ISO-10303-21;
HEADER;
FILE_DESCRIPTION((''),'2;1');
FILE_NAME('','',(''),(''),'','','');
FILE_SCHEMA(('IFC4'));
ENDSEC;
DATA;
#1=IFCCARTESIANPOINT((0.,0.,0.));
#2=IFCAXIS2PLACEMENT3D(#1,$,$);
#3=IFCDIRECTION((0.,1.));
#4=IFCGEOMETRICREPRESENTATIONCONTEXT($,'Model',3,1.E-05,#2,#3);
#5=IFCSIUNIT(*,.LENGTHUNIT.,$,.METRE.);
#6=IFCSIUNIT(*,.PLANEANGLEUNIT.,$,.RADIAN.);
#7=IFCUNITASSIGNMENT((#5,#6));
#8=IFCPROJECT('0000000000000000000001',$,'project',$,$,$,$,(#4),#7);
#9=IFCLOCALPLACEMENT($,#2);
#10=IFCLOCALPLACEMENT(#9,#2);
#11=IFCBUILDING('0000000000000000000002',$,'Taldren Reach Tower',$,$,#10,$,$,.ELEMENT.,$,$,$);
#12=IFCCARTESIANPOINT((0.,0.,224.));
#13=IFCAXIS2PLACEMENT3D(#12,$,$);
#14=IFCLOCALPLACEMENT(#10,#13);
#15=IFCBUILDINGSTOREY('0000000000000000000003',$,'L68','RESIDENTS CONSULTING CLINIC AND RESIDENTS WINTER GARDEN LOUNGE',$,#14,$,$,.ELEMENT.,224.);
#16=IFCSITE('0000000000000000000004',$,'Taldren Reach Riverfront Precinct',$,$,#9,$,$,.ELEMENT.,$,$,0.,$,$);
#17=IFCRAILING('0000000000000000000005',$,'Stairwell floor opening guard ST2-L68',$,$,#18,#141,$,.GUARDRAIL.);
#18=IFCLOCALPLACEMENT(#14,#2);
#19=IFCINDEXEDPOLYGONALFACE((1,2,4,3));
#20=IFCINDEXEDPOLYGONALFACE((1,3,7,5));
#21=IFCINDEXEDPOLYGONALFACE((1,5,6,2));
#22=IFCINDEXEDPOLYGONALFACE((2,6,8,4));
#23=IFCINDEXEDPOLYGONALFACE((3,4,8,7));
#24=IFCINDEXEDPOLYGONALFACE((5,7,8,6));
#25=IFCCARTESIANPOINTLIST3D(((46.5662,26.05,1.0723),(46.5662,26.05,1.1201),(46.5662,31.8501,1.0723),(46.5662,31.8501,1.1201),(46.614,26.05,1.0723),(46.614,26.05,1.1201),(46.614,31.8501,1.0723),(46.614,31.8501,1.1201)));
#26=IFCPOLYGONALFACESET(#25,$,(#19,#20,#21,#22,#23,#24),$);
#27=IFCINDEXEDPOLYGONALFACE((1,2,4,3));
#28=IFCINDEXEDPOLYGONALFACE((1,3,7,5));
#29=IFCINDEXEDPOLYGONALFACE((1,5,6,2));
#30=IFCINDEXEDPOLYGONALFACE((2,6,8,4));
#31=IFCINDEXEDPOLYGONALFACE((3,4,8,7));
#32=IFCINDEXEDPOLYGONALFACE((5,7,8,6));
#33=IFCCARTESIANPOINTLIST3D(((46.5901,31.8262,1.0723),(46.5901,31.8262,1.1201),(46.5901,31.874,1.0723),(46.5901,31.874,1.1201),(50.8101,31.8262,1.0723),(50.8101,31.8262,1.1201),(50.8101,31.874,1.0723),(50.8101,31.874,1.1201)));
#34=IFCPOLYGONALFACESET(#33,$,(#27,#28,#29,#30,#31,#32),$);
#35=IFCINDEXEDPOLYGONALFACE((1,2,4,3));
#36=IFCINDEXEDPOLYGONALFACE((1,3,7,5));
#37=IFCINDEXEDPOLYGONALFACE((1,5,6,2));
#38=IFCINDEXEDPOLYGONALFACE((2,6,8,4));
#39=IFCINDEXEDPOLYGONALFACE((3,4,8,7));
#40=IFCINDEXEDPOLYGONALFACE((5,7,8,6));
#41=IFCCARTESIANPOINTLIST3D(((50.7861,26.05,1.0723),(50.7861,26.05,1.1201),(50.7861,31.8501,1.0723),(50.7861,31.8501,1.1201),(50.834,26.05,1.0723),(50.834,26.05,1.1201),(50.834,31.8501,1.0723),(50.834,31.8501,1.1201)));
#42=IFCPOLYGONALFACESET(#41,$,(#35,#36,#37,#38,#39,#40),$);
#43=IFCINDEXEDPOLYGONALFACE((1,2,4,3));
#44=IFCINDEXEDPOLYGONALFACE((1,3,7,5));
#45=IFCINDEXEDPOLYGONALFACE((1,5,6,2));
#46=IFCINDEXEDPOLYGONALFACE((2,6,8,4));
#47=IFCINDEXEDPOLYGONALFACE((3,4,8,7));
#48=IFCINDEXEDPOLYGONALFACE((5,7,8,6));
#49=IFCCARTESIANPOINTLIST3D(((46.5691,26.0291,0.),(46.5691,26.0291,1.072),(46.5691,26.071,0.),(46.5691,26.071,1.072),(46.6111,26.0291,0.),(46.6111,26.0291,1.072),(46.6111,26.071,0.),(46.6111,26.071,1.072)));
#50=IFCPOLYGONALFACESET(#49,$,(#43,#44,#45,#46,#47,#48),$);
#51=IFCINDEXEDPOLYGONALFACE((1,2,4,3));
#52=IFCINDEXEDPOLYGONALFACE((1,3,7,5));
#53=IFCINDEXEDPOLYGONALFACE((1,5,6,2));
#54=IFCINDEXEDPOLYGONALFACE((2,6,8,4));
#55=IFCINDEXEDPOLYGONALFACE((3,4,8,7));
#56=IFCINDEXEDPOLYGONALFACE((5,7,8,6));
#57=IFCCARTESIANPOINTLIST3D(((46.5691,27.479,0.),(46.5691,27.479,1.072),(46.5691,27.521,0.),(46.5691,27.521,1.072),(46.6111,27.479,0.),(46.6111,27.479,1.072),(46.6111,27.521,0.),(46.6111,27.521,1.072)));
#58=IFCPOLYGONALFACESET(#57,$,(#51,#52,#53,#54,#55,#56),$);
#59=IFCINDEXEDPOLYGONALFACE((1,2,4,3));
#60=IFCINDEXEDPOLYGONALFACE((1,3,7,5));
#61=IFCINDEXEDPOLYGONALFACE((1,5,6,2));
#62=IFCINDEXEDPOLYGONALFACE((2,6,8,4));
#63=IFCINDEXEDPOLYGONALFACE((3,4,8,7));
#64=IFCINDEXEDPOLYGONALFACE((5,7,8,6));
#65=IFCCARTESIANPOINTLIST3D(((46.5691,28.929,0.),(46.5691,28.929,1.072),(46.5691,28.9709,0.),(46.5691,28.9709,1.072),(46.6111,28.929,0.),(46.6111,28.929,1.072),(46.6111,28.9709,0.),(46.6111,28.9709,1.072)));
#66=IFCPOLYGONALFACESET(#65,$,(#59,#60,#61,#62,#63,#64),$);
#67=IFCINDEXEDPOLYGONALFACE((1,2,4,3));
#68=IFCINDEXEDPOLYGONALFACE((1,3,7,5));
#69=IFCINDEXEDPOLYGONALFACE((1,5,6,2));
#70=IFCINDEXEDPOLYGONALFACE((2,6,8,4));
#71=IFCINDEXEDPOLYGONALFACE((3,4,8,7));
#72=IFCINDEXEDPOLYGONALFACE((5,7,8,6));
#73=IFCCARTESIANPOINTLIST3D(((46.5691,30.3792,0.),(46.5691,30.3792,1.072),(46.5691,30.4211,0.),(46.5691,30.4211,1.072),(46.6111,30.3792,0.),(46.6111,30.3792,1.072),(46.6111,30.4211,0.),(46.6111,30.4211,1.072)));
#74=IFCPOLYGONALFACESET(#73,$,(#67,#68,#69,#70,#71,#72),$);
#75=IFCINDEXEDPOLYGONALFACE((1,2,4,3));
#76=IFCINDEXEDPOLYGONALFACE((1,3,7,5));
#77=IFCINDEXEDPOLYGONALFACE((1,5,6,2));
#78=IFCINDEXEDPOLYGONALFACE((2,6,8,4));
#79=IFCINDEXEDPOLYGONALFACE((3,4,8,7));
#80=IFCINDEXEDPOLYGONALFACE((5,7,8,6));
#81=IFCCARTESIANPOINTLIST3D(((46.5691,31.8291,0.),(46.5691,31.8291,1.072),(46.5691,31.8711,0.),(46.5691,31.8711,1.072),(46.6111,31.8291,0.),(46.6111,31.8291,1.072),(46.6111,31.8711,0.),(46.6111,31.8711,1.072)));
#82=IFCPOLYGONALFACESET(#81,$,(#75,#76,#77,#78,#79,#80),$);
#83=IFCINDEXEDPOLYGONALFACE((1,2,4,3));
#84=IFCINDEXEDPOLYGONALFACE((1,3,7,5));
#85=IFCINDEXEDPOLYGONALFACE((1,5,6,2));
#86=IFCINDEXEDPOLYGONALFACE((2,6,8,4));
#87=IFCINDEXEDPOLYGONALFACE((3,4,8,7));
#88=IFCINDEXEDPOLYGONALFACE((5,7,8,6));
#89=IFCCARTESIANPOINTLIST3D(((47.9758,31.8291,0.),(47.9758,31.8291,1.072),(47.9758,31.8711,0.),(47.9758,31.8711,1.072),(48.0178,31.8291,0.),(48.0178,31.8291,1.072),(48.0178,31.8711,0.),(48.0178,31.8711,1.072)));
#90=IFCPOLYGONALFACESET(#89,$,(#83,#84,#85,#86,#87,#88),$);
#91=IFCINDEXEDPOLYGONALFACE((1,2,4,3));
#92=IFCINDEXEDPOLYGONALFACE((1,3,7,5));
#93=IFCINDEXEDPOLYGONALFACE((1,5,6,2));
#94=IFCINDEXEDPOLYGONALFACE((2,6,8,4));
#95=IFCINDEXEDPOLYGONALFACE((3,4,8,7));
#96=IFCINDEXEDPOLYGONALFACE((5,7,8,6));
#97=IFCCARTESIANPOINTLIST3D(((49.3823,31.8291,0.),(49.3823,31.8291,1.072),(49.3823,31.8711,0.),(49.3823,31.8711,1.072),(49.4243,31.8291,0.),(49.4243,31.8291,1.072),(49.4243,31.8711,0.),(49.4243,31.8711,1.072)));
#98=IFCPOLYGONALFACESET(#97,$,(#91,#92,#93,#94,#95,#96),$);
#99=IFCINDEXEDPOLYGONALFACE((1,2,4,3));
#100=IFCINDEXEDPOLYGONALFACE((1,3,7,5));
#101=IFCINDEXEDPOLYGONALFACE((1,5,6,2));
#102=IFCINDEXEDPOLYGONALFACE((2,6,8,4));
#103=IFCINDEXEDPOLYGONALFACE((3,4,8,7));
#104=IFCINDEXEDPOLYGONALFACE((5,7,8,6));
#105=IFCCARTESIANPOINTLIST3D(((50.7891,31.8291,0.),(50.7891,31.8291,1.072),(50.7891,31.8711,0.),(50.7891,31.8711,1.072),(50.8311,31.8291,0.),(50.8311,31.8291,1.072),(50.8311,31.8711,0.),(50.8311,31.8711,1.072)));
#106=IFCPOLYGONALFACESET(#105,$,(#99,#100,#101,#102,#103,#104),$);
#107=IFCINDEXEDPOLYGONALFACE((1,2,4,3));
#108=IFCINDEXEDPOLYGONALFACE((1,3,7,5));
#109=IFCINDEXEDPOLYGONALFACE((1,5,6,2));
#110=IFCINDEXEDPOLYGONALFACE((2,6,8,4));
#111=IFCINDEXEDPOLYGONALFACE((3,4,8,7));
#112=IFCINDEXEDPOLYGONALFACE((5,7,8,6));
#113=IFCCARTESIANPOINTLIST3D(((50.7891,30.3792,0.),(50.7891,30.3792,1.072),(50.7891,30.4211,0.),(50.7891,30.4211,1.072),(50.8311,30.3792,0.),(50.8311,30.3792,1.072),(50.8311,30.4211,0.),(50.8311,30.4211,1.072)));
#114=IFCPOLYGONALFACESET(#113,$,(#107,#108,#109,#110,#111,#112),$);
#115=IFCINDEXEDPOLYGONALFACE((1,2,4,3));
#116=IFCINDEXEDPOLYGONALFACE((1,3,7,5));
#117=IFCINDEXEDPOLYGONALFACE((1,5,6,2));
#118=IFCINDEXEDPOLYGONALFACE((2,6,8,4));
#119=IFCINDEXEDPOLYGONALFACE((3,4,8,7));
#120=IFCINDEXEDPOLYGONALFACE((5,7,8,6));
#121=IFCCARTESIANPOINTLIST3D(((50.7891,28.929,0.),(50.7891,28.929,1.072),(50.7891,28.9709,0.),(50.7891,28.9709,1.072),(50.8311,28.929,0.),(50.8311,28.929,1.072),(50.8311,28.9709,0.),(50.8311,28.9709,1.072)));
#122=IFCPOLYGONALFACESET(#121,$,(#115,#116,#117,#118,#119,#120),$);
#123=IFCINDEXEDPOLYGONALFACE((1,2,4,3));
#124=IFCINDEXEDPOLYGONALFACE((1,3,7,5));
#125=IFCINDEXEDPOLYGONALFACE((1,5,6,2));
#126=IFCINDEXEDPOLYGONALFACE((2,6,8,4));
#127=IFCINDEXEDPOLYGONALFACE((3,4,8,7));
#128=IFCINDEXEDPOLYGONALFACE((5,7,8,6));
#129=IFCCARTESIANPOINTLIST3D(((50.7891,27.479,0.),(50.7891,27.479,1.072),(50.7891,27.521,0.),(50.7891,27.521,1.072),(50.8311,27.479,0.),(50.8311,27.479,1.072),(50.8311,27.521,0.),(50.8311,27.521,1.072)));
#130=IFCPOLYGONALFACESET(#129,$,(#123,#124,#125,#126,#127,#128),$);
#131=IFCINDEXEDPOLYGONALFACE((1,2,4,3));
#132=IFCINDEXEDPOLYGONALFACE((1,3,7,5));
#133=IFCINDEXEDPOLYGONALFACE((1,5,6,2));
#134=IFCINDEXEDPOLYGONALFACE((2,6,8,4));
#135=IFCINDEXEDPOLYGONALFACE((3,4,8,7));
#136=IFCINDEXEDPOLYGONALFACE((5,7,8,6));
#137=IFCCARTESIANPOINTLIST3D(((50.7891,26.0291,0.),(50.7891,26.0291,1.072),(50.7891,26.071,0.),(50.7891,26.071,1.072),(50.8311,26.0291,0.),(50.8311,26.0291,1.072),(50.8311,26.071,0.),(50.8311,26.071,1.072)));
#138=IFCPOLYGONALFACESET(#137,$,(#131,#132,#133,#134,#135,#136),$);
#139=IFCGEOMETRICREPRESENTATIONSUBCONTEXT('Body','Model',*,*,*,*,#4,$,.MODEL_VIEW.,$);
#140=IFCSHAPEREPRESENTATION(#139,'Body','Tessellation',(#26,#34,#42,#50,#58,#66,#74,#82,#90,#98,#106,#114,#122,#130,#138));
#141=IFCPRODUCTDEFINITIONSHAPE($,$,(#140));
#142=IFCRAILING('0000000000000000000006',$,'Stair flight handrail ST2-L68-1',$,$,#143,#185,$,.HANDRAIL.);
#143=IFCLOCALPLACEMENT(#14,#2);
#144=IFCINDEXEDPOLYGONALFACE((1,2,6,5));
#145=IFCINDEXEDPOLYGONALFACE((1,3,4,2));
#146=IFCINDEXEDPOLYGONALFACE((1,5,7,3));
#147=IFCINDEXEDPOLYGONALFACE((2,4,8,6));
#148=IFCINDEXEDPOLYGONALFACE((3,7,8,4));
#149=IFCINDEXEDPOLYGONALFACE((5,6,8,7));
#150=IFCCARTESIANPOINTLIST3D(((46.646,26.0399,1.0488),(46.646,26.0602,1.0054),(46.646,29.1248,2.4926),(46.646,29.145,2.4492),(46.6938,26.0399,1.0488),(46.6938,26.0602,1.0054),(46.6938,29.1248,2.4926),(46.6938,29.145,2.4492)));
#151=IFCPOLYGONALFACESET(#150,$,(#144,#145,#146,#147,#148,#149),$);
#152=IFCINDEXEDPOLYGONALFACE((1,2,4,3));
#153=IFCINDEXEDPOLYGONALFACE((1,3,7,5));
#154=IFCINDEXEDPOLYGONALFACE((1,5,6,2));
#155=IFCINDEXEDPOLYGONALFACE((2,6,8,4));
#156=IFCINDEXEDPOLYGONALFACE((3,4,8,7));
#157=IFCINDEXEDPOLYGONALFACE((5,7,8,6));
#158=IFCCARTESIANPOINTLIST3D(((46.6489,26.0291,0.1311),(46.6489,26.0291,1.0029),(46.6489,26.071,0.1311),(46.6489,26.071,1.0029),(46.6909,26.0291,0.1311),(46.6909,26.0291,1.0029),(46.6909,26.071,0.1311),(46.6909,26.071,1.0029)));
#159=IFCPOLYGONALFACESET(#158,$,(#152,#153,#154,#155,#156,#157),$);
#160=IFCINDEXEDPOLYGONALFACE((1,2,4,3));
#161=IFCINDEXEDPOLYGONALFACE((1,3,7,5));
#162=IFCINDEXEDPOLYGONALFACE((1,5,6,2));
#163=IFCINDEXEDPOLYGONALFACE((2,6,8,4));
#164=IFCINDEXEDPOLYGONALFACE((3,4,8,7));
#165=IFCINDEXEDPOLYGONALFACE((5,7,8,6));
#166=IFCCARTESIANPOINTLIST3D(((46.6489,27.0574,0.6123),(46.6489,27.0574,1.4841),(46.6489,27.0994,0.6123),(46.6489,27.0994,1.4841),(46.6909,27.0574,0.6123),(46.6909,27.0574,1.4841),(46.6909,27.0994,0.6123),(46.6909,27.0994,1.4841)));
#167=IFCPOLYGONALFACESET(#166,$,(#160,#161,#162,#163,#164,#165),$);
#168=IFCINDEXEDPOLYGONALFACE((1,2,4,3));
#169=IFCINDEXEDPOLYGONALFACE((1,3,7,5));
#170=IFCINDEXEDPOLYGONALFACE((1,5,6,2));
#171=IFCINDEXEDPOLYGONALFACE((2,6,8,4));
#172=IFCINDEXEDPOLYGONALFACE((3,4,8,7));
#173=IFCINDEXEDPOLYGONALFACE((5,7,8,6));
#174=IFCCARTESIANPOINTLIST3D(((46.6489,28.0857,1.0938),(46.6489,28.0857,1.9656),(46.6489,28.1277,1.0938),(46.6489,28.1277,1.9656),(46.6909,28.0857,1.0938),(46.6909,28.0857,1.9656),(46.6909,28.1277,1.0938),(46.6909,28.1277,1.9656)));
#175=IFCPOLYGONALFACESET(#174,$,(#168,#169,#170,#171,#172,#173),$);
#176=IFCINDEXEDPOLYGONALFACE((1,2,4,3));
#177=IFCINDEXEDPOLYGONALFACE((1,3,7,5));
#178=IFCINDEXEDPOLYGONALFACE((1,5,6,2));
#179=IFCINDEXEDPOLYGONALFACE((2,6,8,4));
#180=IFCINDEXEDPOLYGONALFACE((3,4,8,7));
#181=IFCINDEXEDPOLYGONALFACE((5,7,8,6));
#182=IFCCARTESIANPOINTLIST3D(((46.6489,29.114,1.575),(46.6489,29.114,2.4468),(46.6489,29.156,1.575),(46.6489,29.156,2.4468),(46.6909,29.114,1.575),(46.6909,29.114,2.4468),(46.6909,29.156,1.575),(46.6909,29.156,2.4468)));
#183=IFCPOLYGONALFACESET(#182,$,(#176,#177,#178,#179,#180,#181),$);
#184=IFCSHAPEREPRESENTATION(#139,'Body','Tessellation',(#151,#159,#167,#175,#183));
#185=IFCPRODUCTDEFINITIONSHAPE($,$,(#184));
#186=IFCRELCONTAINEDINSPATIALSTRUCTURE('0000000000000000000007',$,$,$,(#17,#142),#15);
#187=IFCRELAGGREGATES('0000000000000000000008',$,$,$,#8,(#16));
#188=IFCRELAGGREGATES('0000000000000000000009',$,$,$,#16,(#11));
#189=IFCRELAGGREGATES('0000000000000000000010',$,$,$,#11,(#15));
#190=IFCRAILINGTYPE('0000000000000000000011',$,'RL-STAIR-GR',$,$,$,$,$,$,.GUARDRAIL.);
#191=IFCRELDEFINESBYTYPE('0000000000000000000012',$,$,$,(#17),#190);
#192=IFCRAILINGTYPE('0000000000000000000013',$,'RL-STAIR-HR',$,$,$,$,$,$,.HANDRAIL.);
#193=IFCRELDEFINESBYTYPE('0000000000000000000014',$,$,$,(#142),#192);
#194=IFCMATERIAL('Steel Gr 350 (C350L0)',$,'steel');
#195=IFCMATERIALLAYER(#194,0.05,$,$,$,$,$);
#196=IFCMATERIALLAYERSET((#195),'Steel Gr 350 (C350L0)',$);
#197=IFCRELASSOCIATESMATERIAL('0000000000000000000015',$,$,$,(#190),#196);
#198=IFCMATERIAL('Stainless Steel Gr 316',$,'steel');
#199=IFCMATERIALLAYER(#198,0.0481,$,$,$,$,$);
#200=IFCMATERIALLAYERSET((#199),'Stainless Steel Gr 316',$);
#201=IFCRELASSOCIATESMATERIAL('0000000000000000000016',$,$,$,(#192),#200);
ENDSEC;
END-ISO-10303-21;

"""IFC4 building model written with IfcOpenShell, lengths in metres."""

from ifc_helpers import new_model, si_unit, direction, frame, origin, origin_2d, place, context, subcontext, project, spatial, rectangle, extrude, material, layer, layer_set, type_object, element, save


model = new_model("IFC4")

# Units and contexts
model_context = context("Model", 3, precision=1e-05, world=origin(), true_north=direction((0.0, 1.0)))
body_context = subcontext(model_context, "Body", "Model", "MODEL_VIEW")
ifc_project = project(units=[si_unit("LENGTHUNIT", "METRE"), si_unit("PLANEANGLEUNIT", "RADIAN")], contexts=[model_context])

# Site, building, storey
site_placement = place(None, origin())
site = spatial("IfcSite", under=ifc_project, at=site_placement, Name="Taldren Reach Riverfront Precinct", CompositionType="ELEMENT", RefElevation=0.0)
building_placement = place(site_placement, origin())
building = spatial("IfcBuilding", under=site, at=building_placement, Name="Taldren Reach Tower", CompositionType="ELEMENT")
storey_placement = place(building_placement, frame((0.0, 0.0, 224.0)))
storey = spatial("IfcBuildingStorey", under=building, at=storey_placement, Name="L68", Description="RESIDENTS CONSULTING CLINIC AND RESIDENTS WINTER GARDEN LOUNGE", CompositionType="ELEMENT", Elevation=224.0)

# Shared definitions
ifc_material_1 = material(Name="Steel Gr 350 (C350L0)", Category="steel")

# Railings
ifc_layer_1 = layer(ifc_material_1, 0.05)
ifc_layer_set_1 = layer_set([ifc_layer_1], Name="Steel Gr 350 (C350L0)")
railing_type_1 = type_object("IfcRailingType", Name="RL-STAIR-GR", PredefinedType="GUARDRAIL", material=ifc_layer_set_1)
railing_1_placement = place(storey_placement, frame((46.5901, 26.05, 0.0)))
element("IfcRailing", 1, at=railing_1_placement, inside=storey, type_object=railing_type_1, Name="Stairwell floor opening guard ST2-L68", PredefinedType="GUARDRAIL", context=body_context, shape_type="SweptSolid", body=[
    extrude(rectangle(XDim=0.0479, YDim=0.0479, at=origin_2d()), frame((0.0, 0.0, 1.0962), z_axis=(0.0, 1.0, 0.0), x_axis=(-1.0, 0.0, 0.0)), (0.0, 0.0, 1.0), 5.8),
    extrude(rectangle(XDim=0.0479, YDim=0.0479, at=origin_2d()), frame((0.0, 5.8, 1.0962), z_axis=(1.0, 0.0, 0.0), x_axis=(0.0, 1.0, 0.0)), (0.0, 0.0, 1.0), 4.22),
    extrude(rectangle(XDim=0.0479, YDim=0.0479, at=origin_2d()), frame((4.22, 5.8, 1.0962), z_axis=(0.0, -1.0, 0.0), x_axis=(1.0, 0.0, 0.0)), (0.0, 0.0, 1.0), 5.8),
    extrude(rectangle(XDim=0.042, YDim=0.042, at=origin_2d()), origin(), (0.0, 0.0, 1.0), 1.072),
    extrude(rectangle(XDim=0.042, YDim=0.042, at=origin_2d()), frame((0.0, 1.45, 0.0)), (0.0, 0.0, 1.0), 1.072),
    extrude(rectangle(XDim=0.042, YDim=0.042, at=origin_2d()), frame((0.0, 2.8999, 0.0)), (0.0, 0.0, 1.0), 1.072),
    extrude(rectangle(XDim=0.042, YDim=0.042, at=origin_2d()), frame((0.0, 4.3501, 0.0)), (0.0, 0.0, 1.0), 1.072),
    extrude(rectangle(XDim=0.042, YDim=0.042, at=origin_2d()), frame((0.0, 5.8, 0.0)), (0.0, 0.0, 1.0), 1.072),
    extrude(rectangle(XDim=0.042, YDim=0.042, at=origin_2d()), frame((1.4067, 5.8, 0.0)), (0.0, 0.0, 1.0), 1.072),
    extrude(rectangle(XDim=0.042, YDim=0.042, at=origin_2d()), frame((2.8132, 5.8, 0.0)), (0.0, 0.0, 1.0), 1.072),
    extrude(rectangle(XDim=0.042, YDim=0.042, at=origin_2d()), frame((4.22, 5.8, 0.0)), (0.0, 0.0, 1.0), 1.072),
    extrude(rectangle(XDim=0.042, YDim=0.042, at=origin_2d()), frame((4.22, 4.3501, 0.0)), (0.0, 0.0, 1.0), 1.072),
    extrude(rectangle(XDim=0.042, YDim=0.042, at=origin_2d()), frame((4.22, 2.8999, 0.0)), (0.0, 0.0, 1.0), 1.072),
    extrude(rectangle(XDim=0.042, YDim=0.042, at=origin_2d()), frame((4.22, 1.45, 0.0)), (0.0, 0.0, 1.0), 1.072),
    extrude(rectangle(XDim=0.042, YDim=0.042, at=origin_2d()), frame((4.22, 0.0, 0.0)), (0.0, 0.0, 1.0), 1.072),
])
ifc_material_2 = material(Name="Stainless Steel Gr 316", Category="steel")
ifc_layer_2 = layer(ifc_material_2, 0.0481)
ifc_layer_set_2 = layer_set([ifc_layer_2], Name="Stainless Steel Gr 316")
railing_type_2 = type_object("IfcRailingType", Name="RL-STAIR-HR", PredefinedType="HANDRAIL", material=ifc_layer_set_2)
railing_2_placement = place(storey_placement, frame((46.6699, 26.05, 0.1311)))
element("IfcRailing", 2, at=railing_2_placement, inside=storey, type_object=railing_type_2, Name="Stair flight handrail ST2-L68-1", PredefinedType="HANDRAIL", context=body_context, shape_type="SweptSolid", body=[
    extrude(rectangle(XDim=0.0479, YDim=0.0479, at=origin_2d()), frame((0.0, 0.0, 0.896), z_axis=(0.0, 0.90571, 0.423898), x_axis=(-1.0, 0.0, 0.0)), (0.0, 0.0, 1.0), 3.406),
    extrude(rectangle(XDim=0.042, YDim=0.042, at=origin_2d()), origin(), (0.0, 0.0, 1.0), 0.8718),
    extrude(rectangle(XDim=0.042, YDim=0.042, at=origin_2d()), frame((0.0, 1.0283, 0.4812)), (0.0, 0.0, 1.0), 0.8718),
    extrude(rectangle(XDim=0.042, YDim=0.042, at=origin_2d()), frame((0.0, 2.0566, 0.9626)), (0.0, 0.0, 1.0), 0.8718),
    extrude(rectangle(XDim=0.042, YDim=0.042, at=origin_2d()), frame((0.0, 3.085, 1.4438)), (0.0, 0.0, 1.0), 0.8718),
])

save(model, "model.ifc")
